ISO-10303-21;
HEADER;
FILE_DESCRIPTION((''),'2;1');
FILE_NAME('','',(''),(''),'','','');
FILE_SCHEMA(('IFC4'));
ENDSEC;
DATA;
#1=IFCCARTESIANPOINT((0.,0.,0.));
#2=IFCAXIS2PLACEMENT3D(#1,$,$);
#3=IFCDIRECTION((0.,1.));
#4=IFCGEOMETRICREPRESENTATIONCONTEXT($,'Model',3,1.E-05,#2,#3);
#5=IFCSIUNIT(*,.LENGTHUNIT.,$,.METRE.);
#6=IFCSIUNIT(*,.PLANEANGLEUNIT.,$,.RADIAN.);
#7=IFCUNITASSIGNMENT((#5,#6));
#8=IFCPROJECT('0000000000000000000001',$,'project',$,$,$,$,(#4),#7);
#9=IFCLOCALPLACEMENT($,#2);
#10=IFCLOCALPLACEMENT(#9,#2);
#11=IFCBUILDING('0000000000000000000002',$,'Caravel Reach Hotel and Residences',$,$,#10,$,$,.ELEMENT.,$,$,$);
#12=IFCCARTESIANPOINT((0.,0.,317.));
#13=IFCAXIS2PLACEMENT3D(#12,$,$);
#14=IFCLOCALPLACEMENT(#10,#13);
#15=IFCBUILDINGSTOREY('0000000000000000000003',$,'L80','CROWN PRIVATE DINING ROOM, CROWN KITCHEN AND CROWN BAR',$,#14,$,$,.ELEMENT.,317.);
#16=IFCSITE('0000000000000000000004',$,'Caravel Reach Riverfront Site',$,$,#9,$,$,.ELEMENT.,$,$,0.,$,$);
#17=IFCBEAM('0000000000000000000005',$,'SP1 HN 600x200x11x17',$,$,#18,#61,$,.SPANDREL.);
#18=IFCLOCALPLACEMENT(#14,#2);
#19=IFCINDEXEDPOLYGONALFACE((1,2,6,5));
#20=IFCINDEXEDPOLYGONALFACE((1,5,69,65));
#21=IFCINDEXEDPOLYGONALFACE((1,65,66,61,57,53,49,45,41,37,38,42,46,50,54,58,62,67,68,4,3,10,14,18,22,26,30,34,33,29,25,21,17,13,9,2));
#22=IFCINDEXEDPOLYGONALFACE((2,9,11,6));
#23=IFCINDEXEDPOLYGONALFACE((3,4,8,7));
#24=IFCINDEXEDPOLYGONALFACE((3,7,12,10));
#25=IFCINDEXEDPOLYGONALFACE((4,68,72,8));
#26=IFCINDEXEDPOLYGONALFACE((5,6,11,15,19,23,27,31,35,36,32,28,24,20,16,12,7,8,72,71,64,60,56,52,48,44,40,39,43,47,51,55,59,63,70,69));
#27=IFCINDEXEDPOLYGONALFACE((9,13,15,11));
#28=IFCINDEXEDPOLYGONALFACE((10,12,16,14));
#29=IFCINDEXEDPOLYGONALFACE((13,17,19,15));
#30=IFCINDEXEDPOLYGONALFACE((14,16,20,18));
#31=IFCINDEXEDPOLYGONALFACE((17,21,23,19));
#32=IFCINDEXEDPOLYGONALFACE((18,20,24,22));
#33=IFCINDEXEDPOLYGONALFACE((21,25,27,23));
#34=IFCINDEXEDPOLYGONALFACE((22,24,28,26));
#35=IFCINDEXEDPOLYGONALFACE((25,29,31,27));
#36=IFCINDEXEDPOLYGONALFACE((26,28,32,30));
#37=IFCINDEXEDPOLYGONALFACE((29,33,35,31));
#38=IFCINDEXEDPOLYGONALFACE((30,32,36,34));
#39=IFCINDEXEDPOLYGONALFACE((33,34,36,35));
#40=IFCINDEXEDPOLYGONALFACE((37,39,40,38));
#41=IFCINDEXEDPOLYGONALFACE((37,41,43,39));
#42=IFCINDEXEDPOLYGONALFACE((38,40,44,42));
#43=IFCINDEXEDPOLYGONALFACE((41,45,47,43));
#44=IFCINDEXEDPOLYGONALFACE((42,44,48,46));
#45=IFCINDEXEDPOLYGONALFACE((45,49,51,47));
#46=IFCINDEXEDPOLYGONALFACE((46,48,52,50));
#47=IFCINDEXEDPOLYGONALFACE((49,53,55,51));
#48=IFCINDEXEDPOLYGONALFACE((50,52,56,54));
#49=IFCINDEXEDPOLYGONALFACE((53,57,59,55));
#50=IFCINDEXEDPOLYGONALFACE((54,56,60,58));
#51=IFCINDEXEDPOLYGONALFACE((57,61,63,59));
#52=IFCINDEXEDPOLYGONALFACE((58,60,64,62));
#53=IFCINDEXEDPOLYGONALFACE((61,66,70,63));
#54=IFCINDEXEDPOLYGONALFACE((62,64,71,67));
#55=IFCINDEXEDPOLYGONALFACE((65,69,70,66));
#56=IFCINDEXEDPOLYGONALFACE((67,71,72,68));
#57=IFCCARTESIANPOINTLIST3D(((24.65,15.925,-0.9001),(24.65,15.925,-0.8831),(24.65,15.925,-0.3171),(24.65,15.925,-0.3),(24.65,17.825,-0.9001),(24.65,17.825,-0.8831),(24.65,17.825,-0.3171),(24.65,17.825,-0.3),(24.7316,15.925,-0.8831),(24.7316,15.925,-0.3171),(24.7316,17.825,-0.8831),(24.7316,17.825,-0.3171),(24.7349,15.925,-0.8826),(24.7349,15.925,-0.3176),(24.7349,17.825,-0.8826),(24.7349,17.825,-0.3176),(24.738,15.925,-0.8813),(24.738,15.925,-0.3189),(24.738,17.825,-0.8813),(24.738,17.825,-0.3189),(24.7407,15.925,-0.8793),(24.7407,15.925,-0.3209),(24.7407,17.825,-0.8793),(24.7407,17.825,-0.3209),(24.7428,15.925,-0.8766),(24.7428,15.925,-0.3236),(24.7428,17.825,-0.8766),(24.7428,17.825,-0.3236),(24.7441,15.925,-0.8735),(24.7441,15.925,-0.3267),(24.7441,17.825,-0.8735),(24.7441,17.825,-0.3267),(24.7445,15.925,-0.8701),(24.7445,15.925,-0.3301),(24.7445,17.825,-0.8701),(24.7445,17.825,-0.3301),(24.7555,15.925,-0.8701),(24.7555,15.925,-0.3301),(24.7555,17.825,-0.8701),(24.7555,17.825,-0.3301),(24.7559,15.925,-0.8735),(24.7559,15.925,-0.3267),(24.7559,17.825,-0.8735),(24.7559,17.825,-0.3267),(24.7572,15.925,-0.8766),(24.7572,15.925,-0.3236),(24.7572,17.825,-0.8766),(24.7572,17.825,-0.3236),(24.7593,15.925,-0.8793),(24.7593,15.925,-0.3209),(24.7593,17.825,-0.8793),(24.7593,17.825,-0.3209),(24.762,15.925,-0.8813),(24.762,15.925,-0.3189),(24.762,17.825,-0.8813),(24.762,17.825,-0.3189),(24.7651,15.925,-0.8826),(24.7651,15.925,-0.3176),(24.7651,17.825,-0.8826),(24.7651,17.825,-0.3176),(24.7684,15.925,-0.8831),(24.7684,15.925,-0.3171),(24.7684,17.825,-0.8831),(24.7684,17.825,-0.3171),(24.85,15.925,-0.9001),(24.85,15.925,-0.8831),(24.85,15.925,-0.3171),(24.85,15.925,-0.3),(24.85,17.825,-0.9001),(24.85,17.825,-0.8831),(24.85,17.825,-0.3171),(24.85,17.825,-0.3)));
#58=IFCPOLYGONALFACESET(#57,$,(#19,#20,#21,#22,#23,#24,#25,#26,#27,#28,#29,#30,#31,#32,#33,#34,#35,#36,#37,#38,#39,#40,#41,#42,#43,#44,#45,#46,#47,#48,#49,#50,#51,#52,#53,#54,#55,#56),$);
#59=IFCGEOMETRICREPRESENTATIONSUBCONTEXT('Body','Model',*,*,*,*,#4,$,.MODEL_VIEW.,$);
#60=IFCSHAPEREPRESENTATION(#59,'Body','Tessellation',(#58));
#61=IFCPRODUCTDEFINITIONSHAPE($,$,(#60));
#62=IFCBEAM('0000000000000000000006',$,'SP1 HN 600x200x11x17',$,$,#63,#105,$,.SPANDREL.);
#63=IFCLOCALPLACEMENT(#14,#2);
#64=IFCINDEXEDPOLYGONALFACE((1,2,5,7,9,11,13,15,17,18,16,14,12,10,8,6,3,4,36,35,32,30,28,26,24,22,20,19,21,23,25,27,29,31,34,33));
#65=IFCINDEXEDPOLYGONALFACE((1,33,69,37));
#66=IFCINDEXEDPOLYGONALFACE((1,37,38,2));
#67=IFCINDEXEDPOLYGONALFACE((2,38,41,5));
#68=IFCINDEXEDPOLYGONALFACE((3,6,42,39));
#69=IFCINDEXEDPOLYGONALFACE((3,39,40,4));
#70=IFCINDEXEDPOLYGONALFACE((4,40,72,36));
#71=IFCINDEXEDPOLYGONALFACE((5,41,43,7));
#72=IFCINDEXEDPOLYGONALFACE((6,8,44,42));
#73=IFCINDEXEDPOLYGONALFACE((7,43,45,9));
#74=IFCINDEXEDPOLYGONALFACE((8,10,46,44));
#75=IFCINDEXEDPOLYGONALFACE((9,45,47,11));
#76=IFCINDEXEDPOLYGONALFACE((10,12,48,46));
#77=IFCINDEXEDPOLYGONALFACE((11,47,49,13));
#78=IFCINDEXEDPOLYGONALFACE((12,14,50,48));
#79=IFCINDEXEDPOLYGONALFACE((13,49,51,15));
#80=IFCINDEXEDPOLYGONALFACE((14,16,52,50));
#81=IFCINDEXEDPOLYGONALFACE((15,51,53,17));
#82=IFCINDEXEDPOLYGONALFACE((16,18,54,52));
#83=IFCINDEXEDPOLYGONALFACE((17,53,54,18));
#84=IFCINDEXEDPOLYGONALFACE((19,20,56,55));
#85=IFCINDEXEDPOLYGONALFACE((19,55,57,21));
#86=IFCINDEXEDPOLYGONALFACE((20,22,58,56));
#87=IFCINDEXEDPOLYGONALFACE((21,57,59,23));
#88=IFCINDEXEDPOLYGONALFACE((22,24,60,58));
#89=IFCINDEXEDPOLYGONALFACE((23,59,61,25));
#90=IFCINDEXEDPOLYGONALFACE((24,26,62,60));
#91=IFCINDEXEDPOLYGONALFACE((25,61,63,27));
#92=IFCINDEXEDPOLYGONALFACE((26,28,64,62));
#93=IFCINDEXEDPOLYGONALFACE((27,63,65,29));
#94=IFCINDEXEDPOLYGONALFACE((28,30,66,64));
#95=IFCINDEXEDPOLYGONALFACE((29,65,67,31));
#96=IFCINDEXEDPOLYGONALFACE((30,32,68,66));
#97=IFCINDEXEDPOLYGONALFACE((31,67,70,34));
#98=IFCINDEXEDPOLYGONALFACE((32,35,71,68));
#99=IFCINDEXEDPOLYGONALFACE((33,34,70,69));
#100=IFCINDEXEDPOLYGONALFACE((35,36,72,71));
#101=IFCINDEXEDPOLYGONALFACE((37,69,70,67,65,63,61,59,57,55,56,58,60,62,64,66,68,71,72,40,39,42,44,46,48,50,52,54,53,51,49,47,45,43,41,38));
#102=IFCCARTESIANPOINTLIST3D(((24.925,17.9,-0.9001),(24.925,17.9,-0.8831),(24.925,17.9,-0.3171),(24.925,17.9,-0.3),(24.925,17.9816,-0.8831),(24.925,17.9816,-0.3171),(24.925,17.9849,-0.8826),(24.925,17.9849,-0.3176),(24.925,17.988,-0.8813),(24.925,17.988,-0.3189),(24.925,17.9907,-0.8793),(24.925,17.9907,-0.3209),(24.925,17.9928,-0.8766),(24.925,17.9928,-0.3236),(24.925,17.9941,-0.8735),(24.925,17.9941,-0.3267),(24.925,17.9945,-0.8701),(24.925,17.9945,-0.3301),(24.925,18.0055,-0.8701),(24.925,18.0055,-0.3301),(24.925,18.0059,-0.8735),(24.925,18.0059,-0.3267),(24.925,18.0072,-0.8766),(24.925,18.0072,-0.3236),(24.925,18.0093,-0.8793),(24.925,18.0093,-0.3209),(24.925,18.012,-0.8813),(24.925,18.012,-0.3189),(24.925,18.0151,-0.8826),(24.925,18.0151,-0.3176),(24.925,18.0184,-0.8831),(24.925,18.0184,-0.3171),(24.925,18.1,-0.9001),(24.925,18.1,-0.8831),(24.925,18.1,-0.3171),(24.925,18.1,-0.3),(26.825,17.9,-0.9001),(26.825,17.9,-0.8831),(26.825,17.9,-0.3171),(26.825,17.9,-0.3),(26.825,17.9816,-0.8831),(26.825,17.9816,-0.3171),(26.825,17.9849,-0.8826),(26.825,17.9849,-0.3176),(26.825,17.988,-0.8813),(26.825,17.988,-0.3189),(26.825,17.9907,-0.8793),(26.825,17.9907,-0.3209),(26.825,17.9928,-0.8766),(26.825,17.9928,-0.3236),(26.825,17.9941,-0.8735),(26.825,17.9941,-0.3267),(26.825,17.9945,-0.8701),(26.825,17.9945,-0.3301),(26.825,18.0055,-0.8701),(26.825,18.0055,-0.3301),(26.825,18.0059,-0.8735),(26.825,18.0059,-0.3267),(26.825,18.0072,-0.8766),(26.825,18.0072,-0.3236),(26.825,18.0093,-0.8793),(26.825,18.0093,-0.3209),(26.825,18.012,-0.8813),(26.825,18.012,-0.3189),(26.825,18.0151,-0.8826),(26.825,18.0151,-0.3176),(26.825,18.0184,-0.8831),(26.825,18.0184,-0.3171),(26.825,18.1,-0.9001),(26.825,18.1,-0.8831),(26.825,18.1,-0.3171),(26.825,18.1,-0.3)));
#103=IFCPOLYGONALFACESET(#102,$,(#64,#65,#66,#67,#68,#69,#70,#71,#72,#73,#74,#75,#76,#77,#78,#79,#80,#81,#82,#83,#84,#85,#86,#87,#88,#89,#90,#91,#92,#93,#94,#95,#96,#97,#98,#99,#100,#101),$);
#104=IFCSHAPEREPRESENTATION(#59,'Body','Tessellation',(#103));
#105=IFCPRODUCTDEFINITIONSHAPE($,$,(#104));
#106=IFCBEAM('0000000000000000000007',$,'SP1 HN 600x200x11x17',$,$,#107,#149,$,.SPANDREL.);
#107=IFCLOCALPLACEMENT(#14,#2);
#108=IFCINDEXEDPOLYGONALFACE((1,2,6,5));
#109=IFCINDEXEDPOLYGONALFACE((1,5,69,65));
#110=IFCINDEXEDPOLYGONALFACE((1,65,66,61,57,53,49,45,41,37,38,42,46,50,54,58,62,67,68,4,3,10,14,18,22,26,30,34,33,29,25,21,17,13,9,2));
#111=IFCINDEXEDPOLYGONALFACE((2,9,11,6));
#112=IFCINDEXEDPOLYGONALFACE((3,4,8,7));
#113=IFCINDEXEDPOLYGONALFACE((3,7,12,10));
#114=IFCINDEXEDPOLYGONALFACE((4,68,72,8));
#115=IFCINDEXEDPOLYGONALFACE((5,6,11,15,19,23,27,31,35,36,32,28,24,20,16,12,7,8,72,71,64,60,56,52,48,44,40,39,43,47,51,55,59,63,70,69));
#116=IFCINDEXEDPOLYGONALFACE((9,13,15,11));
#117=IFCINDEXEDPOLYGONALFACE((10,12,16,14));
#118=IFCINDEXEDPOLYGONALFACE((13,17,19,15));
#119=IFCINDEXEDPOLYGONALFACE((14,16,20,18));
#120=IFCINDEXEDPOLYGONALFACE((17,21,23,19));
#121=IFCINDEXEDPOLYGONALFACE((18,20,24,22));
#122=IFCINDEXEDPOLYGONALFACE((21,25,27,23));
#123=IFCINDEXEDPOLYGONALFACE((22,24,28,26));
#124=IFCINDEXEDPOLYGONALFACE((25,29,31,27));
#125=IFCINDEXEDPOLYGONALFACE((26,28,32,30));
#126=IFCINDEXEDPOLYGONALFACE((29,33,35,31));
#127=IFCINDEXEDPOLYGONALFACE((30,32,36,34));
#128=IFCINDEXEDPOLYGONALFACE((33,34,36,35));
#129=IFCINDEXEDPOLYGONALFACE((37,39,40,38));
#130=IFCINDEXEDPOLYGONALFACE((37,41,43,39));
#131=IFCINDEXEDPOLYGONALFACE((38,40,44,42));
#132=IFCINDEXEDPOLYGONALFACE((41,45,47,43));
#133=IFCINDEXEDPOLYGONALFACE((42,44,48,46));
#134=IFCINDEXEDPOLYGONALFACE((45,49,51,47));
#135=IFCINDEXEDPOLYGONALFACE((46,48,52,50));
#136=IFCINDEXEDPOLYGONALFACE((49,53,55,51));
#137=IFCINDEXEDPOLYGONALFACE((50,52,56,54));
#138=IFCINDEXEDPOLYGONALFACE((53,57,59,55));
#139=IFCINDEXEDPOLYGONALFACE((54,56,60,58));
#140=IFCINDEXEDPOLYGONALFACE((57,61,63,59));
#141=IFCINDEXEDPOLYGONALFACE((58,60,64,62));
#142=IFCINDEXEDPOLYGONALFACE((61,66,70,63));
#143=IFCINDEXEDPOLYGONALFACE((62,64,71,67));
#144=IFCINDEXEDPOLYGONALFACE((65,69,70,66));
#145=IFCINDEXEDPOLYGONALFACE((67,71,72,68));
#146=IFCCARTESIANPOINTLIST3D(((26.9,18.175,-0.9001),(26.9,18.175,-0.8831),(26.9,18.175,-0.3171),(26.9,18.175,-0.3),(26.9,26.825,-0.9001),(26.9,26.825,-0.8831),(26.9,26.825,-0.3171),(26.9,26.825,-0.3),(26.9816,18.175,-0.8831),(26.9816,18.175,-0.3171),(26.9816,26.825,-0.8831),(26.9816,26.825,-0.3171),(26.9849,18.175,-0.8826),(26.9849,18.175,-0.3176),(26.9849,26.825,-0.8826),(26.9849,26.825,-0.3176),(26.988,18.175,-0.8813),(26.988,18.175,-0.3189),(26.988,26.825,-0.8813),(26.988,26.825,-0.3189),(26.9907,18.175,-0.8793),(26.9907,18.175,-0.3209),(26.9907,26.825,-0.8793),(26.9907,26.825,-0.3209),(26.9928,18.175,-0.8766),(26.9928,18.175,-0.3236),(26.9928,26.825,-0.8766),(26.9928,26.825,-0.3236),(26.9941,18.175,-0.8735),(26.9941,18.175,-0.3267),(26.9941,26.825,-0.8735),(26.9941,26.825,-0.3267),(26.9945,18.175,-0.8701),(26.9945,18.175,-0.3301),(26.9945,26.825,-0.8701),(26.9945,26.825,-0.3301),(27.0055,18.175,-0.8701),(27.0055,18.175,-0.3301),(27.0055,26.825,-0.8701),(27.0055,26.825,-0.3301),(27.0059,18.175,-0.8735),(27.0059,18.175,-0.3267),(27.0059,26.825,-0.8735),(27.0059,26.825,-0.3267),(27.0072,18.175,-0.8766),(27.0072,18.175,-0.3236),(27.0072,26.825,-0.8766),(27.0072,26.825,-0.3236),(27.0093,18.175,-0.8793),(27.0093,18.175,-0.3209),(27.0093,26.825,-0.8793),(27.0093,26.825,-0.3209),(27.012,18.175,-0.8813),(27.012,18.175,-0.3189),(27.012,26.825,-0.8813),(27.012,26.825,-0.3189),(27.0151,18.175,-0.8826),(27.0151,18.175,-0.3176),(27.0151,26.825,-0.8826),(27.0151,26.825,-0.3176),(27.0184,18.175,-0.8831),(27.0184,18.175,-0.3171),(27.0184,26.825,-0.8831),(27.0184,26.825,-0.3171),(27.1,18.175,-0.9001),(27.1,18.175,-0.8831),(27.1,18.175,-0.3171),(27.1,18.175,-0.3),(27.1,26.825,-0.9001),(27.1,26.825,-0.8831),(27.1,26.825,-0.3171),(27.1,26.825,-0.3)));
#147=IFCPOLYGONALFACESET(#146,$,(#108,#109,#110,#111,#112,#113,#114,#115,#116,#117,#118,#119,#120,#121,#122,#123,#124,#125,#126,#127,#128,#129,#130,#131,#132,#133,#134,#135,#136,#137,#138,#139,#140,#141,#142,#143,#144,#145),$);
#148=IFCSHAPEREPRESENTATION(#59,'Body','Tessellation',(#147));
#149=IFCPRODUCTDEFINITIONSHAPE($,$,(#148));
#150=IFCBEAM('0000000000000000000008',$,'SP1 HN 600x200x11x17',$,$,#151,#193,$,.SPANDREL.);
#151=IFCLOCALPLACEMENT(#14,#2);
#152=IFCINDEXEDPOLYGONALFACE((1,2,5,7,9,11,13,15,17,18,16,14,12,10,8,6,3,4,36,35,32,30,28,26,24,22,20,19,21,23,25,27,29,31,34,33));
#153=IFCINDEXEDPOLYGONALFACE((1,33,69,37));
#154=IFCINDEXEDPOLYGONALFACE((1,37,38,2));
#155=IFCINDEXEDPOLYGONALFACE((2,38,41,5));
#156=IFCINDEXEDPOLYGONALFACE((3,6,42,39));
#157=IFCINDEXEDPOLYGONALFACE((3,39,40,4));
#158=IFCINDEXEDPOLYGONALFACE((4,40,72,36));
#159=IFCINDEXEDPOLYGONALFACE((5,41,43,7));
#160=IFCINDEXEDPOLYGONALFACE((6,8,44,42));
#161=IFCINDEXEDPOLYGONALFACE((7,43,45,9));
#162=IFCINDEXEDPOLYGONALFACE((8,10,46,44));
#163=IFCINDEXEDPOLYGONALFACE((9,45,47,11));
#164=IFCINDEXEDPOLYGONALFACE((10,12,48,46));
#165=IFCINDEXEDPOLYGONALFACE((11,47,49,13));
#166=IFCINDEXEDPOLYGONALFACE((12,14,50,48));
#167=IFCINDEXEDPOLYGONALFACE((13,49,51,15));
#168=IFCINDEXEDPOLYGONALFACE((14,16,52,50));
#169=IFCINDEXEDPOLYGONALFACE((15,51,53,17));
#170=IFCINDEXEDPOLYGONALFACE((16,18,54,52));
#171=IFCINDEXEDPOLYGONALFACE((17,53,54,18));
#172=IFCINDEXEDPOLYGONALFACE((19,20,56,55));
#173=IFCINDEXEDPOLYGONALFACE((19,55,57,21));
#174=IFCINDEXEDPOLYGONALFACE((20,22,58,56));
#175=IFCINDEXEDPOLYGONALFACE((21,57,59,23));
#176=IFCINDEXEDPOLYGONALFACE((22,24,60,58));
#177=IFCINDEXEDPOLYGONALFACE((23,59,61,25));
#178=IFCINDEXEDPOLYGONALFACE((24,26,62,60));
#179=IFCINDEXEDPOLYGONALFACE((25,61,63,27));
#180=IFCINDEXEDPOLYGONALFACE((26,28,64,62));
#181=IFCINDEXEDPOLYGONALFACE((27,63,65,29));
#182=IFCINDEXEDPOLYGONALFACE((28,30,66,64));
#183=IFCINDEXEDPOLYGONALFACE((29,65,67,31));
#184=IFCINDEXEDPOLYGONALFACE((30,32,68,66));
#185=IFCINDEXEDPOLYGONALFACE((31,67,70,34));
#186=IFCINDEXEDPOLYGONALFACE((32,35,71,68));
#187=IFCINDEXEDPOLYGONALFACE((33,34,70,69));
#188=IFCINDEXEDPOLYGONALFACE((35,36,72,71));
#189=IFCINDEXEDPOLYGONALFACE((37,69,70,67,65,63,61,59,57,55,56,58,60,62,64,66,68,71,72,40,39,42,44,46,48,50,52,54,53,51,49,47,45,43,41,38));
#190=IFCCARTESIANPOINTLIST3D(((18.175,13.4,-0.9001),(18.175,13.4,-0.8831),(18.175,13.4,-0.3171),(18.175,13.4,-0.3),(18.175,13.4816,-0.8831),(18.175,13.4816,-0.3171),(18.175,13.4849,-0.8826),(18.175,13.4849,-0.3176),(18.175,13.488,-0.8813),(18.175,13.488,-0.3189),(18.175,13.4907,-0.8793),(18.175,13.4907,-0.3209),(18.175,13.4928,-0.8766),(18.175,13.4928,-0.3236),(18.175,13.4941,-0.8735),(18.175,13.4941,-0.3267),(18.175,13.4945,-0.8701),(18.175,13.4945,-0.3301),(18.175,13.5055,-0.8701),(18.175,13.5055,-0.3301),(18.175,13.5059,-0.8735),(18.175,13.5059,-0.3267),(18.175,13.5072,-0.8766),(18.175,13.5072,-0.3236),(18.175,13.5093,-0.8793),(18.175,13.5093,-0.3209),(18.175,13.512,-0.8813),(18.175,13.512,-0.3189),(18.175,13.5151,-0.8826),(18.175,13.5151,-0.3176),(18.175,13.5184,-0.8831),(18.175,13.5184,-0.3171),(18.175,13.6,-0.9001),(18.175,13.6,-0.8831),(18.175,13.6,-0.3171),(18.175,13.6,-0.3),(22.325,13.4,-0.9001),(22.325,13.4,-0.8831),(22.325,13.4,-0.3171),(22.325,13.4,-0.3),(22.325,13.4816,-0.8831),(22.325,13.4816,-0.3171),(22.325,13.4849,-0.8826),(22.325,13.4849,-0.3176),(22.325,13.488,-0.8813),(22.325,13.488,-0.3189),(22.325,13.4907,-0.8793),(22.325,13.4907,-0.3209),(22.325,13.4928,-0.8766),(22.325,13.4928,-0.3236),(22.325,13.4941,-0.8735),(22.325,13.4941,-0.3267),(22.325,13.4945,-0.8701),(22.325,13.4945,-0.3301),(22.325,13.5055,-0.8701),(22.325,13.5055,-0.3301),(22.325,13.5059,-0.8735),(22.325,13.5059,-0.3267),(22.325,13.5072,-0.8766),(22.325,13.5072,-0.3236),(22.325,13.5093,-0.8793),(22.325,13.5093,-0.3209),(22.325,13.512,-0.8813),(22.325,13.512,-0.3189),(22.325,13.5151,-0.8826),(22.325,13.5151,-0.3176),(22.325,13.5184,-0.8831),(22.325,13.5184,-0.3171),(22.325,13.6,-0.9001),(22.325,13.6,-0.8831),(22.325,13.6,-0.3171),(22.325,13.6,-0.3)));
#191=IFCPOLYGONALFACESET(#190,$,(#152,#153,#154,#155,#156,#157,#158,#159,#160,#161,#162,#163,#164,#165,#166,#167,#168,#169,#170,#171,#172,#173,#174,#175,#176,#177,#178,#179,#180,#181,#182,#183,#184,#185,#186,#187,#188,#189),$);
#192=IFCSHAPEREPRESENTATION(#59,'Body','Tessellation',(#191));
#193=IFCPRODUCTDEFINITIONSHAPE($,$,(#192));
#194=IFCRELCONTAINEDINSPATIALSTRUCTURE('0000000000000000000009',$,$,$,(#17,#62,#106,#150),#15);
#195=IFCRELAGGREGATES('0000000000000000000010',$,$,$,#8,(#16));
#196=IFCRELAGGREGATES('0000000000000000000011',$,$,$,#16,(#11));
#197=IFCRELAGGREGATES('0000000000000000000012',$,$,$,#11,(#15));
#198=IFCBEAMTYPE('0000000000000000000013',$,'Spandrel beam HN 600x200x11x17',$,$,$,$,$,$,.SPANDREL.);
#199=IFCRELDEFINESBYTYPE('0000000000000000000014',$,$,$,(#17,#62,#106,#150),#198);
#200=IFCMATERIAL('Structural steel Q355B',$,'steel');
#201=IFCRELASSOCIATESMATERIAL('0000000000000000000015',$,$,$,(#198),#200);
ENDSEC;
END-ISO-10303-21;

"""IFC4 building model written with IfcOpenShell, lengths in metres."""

from ifc_helpers import new_model, si_unit, direction, frame, origin, origin_2d, place, context, subcontext, project, spatial, i_section, extrude, material, material_profile, profile_set, type_object, element, save


model = new_model("IFC4")

# Units and contexts
model_context = context("Model", 3, precision=1e-05, world=origin(), true_north=direction((0.0, 1.0)))
body_context = subcontext(model_context, "Body", "Model", "MODEL_VIEW")
ifc_project = project(units=[si_unit("LENGTHUNIT", "METRE"), si_unit("PLANEANGLEUNIT", "RADIAN")], contexts=[model_context])

# Site, building, storey
site_placement = place(None, origin())
site = spatial("IfcSite", under=ifc_project, at=site_placement, Name="Caravel Reach Riverfront Site", CompositionType="ELEMENT", RefElevation=0.0)
building_placement = place(site_placement, origin())
building = spatial("IfcBuilding", under=site, at=building_placement, Name="Caravel Reach Hotel and Residences", CompositionType="ELEMENT")
storey_placement = place(building_placement, frame((0.0, 0.0, 317.0)))
storey = spatial("IfcBuildingStorey", under=building, at=storey_placement, Name="L80", Description="CROWN PRIVATE DINING ROOM, CROWN KITCHEN AND CROWN BAR", CompositionType="ELEMENT", Elevation=317.0)

# Beams
ifc_material_1 = material(Name="Structural steel Q355B", Category="steel")
ifc_material_profile_1 = material_profile(ifc_material_1, i_section(OverallWidth=0.2, OverallDepth=0.6001, WebThickness=0.011, FlangeThickness=0.0171, FilletRadius=0.0129, at=origin_2d()), Name="HN 600x200x11x17")
ifc_profile_set_1 = profile_set([ifc_material_profile_1], Name="Structural steel Q355B")
beam_type = type_object("IfcBeamType", Name="Spandrel beam HN 600x200x11x17", PredefinedType="SPANDREL", material=ifc_profile_set_1)
for number, where, z_axis, x_axis, name in (
    (1, (24.75, 15.925, -0.6001), (0.0, 1.0, 0.0), (-1.0, 0.0, 0.0), "SP1 HN 600x200x11x17"),
    (2, (24.925, 18.0, -0.6001), (1.0, 0.0, 0.0), (0.0, 1.0, 0.0), "SP1 HN 600x200x11x17"),
):
    element("IfcBeam", number, at=place(storey_placement, frame(where, z_axis=z_axis, x_axis=x_axis)), inside=storey, type_object=beam_type, Name=name, PredefinedType="SPANDREL", context=body_context, shape_type="SweptSolid", body=[
        extrude(i_section(OverallWidth=0.2, OverallDepth=0.6001, WebThickness=0.011, FlangeThickness=0.0171, FilletRadius=0.0129, at=origin_2d()), origin(), (0.0, 0.0, 1.0), 1.8999),
    ])
beam_1_placement = place(storey_placement, frame((27.0, 18.175, -0.6001), z_axis=(0.0, 1.0, 0.0), x_axis=(-1.0, 0.0, 0.0)))
element("IfcBeam", 3, at=beam_1_placement, inside=storey, type_object=beam_type, Name="SP1 HN 600x200x11x17", PredefinedType="SPANDREL", context=body_context, shape_type="SweptSolid", body=[
    extrude(i_section(OverallWidth=0.2, OverallDepth=0.6001, WebThickness=0.011, FlangeThickness=0.0171, FilletRadius=0.0129, at=origin_2d()), origin(), (0.0, 0.0, 1.0), 8.6499),
])
beam_2_placement = place(storey_placement, frame((18.175, 13.5, -0.6001), z_axis=(1.0, 0.0, 0.0), x_axis=(0.0, 1.0, 0.0)))
element("IfcBeam", 4, at=beam_2_placement, inside=storey, type_object=beam_type, Name="SP1 HN 600x200x11x17", PredefinedType="SPANDREL", context=body_context, shape_type="SweptSolid", body=[
    extrude(i_section(OverallWidth=0.2, OverallDepth=0.6001, WebThickness=0.011, FlangeThickness=0.0171, FilletRadius=0.0129, at=origin_2d()), origin(), (0.0, 0.0, 1.0), 4.1499),
])

save(model, "model.ifc")
